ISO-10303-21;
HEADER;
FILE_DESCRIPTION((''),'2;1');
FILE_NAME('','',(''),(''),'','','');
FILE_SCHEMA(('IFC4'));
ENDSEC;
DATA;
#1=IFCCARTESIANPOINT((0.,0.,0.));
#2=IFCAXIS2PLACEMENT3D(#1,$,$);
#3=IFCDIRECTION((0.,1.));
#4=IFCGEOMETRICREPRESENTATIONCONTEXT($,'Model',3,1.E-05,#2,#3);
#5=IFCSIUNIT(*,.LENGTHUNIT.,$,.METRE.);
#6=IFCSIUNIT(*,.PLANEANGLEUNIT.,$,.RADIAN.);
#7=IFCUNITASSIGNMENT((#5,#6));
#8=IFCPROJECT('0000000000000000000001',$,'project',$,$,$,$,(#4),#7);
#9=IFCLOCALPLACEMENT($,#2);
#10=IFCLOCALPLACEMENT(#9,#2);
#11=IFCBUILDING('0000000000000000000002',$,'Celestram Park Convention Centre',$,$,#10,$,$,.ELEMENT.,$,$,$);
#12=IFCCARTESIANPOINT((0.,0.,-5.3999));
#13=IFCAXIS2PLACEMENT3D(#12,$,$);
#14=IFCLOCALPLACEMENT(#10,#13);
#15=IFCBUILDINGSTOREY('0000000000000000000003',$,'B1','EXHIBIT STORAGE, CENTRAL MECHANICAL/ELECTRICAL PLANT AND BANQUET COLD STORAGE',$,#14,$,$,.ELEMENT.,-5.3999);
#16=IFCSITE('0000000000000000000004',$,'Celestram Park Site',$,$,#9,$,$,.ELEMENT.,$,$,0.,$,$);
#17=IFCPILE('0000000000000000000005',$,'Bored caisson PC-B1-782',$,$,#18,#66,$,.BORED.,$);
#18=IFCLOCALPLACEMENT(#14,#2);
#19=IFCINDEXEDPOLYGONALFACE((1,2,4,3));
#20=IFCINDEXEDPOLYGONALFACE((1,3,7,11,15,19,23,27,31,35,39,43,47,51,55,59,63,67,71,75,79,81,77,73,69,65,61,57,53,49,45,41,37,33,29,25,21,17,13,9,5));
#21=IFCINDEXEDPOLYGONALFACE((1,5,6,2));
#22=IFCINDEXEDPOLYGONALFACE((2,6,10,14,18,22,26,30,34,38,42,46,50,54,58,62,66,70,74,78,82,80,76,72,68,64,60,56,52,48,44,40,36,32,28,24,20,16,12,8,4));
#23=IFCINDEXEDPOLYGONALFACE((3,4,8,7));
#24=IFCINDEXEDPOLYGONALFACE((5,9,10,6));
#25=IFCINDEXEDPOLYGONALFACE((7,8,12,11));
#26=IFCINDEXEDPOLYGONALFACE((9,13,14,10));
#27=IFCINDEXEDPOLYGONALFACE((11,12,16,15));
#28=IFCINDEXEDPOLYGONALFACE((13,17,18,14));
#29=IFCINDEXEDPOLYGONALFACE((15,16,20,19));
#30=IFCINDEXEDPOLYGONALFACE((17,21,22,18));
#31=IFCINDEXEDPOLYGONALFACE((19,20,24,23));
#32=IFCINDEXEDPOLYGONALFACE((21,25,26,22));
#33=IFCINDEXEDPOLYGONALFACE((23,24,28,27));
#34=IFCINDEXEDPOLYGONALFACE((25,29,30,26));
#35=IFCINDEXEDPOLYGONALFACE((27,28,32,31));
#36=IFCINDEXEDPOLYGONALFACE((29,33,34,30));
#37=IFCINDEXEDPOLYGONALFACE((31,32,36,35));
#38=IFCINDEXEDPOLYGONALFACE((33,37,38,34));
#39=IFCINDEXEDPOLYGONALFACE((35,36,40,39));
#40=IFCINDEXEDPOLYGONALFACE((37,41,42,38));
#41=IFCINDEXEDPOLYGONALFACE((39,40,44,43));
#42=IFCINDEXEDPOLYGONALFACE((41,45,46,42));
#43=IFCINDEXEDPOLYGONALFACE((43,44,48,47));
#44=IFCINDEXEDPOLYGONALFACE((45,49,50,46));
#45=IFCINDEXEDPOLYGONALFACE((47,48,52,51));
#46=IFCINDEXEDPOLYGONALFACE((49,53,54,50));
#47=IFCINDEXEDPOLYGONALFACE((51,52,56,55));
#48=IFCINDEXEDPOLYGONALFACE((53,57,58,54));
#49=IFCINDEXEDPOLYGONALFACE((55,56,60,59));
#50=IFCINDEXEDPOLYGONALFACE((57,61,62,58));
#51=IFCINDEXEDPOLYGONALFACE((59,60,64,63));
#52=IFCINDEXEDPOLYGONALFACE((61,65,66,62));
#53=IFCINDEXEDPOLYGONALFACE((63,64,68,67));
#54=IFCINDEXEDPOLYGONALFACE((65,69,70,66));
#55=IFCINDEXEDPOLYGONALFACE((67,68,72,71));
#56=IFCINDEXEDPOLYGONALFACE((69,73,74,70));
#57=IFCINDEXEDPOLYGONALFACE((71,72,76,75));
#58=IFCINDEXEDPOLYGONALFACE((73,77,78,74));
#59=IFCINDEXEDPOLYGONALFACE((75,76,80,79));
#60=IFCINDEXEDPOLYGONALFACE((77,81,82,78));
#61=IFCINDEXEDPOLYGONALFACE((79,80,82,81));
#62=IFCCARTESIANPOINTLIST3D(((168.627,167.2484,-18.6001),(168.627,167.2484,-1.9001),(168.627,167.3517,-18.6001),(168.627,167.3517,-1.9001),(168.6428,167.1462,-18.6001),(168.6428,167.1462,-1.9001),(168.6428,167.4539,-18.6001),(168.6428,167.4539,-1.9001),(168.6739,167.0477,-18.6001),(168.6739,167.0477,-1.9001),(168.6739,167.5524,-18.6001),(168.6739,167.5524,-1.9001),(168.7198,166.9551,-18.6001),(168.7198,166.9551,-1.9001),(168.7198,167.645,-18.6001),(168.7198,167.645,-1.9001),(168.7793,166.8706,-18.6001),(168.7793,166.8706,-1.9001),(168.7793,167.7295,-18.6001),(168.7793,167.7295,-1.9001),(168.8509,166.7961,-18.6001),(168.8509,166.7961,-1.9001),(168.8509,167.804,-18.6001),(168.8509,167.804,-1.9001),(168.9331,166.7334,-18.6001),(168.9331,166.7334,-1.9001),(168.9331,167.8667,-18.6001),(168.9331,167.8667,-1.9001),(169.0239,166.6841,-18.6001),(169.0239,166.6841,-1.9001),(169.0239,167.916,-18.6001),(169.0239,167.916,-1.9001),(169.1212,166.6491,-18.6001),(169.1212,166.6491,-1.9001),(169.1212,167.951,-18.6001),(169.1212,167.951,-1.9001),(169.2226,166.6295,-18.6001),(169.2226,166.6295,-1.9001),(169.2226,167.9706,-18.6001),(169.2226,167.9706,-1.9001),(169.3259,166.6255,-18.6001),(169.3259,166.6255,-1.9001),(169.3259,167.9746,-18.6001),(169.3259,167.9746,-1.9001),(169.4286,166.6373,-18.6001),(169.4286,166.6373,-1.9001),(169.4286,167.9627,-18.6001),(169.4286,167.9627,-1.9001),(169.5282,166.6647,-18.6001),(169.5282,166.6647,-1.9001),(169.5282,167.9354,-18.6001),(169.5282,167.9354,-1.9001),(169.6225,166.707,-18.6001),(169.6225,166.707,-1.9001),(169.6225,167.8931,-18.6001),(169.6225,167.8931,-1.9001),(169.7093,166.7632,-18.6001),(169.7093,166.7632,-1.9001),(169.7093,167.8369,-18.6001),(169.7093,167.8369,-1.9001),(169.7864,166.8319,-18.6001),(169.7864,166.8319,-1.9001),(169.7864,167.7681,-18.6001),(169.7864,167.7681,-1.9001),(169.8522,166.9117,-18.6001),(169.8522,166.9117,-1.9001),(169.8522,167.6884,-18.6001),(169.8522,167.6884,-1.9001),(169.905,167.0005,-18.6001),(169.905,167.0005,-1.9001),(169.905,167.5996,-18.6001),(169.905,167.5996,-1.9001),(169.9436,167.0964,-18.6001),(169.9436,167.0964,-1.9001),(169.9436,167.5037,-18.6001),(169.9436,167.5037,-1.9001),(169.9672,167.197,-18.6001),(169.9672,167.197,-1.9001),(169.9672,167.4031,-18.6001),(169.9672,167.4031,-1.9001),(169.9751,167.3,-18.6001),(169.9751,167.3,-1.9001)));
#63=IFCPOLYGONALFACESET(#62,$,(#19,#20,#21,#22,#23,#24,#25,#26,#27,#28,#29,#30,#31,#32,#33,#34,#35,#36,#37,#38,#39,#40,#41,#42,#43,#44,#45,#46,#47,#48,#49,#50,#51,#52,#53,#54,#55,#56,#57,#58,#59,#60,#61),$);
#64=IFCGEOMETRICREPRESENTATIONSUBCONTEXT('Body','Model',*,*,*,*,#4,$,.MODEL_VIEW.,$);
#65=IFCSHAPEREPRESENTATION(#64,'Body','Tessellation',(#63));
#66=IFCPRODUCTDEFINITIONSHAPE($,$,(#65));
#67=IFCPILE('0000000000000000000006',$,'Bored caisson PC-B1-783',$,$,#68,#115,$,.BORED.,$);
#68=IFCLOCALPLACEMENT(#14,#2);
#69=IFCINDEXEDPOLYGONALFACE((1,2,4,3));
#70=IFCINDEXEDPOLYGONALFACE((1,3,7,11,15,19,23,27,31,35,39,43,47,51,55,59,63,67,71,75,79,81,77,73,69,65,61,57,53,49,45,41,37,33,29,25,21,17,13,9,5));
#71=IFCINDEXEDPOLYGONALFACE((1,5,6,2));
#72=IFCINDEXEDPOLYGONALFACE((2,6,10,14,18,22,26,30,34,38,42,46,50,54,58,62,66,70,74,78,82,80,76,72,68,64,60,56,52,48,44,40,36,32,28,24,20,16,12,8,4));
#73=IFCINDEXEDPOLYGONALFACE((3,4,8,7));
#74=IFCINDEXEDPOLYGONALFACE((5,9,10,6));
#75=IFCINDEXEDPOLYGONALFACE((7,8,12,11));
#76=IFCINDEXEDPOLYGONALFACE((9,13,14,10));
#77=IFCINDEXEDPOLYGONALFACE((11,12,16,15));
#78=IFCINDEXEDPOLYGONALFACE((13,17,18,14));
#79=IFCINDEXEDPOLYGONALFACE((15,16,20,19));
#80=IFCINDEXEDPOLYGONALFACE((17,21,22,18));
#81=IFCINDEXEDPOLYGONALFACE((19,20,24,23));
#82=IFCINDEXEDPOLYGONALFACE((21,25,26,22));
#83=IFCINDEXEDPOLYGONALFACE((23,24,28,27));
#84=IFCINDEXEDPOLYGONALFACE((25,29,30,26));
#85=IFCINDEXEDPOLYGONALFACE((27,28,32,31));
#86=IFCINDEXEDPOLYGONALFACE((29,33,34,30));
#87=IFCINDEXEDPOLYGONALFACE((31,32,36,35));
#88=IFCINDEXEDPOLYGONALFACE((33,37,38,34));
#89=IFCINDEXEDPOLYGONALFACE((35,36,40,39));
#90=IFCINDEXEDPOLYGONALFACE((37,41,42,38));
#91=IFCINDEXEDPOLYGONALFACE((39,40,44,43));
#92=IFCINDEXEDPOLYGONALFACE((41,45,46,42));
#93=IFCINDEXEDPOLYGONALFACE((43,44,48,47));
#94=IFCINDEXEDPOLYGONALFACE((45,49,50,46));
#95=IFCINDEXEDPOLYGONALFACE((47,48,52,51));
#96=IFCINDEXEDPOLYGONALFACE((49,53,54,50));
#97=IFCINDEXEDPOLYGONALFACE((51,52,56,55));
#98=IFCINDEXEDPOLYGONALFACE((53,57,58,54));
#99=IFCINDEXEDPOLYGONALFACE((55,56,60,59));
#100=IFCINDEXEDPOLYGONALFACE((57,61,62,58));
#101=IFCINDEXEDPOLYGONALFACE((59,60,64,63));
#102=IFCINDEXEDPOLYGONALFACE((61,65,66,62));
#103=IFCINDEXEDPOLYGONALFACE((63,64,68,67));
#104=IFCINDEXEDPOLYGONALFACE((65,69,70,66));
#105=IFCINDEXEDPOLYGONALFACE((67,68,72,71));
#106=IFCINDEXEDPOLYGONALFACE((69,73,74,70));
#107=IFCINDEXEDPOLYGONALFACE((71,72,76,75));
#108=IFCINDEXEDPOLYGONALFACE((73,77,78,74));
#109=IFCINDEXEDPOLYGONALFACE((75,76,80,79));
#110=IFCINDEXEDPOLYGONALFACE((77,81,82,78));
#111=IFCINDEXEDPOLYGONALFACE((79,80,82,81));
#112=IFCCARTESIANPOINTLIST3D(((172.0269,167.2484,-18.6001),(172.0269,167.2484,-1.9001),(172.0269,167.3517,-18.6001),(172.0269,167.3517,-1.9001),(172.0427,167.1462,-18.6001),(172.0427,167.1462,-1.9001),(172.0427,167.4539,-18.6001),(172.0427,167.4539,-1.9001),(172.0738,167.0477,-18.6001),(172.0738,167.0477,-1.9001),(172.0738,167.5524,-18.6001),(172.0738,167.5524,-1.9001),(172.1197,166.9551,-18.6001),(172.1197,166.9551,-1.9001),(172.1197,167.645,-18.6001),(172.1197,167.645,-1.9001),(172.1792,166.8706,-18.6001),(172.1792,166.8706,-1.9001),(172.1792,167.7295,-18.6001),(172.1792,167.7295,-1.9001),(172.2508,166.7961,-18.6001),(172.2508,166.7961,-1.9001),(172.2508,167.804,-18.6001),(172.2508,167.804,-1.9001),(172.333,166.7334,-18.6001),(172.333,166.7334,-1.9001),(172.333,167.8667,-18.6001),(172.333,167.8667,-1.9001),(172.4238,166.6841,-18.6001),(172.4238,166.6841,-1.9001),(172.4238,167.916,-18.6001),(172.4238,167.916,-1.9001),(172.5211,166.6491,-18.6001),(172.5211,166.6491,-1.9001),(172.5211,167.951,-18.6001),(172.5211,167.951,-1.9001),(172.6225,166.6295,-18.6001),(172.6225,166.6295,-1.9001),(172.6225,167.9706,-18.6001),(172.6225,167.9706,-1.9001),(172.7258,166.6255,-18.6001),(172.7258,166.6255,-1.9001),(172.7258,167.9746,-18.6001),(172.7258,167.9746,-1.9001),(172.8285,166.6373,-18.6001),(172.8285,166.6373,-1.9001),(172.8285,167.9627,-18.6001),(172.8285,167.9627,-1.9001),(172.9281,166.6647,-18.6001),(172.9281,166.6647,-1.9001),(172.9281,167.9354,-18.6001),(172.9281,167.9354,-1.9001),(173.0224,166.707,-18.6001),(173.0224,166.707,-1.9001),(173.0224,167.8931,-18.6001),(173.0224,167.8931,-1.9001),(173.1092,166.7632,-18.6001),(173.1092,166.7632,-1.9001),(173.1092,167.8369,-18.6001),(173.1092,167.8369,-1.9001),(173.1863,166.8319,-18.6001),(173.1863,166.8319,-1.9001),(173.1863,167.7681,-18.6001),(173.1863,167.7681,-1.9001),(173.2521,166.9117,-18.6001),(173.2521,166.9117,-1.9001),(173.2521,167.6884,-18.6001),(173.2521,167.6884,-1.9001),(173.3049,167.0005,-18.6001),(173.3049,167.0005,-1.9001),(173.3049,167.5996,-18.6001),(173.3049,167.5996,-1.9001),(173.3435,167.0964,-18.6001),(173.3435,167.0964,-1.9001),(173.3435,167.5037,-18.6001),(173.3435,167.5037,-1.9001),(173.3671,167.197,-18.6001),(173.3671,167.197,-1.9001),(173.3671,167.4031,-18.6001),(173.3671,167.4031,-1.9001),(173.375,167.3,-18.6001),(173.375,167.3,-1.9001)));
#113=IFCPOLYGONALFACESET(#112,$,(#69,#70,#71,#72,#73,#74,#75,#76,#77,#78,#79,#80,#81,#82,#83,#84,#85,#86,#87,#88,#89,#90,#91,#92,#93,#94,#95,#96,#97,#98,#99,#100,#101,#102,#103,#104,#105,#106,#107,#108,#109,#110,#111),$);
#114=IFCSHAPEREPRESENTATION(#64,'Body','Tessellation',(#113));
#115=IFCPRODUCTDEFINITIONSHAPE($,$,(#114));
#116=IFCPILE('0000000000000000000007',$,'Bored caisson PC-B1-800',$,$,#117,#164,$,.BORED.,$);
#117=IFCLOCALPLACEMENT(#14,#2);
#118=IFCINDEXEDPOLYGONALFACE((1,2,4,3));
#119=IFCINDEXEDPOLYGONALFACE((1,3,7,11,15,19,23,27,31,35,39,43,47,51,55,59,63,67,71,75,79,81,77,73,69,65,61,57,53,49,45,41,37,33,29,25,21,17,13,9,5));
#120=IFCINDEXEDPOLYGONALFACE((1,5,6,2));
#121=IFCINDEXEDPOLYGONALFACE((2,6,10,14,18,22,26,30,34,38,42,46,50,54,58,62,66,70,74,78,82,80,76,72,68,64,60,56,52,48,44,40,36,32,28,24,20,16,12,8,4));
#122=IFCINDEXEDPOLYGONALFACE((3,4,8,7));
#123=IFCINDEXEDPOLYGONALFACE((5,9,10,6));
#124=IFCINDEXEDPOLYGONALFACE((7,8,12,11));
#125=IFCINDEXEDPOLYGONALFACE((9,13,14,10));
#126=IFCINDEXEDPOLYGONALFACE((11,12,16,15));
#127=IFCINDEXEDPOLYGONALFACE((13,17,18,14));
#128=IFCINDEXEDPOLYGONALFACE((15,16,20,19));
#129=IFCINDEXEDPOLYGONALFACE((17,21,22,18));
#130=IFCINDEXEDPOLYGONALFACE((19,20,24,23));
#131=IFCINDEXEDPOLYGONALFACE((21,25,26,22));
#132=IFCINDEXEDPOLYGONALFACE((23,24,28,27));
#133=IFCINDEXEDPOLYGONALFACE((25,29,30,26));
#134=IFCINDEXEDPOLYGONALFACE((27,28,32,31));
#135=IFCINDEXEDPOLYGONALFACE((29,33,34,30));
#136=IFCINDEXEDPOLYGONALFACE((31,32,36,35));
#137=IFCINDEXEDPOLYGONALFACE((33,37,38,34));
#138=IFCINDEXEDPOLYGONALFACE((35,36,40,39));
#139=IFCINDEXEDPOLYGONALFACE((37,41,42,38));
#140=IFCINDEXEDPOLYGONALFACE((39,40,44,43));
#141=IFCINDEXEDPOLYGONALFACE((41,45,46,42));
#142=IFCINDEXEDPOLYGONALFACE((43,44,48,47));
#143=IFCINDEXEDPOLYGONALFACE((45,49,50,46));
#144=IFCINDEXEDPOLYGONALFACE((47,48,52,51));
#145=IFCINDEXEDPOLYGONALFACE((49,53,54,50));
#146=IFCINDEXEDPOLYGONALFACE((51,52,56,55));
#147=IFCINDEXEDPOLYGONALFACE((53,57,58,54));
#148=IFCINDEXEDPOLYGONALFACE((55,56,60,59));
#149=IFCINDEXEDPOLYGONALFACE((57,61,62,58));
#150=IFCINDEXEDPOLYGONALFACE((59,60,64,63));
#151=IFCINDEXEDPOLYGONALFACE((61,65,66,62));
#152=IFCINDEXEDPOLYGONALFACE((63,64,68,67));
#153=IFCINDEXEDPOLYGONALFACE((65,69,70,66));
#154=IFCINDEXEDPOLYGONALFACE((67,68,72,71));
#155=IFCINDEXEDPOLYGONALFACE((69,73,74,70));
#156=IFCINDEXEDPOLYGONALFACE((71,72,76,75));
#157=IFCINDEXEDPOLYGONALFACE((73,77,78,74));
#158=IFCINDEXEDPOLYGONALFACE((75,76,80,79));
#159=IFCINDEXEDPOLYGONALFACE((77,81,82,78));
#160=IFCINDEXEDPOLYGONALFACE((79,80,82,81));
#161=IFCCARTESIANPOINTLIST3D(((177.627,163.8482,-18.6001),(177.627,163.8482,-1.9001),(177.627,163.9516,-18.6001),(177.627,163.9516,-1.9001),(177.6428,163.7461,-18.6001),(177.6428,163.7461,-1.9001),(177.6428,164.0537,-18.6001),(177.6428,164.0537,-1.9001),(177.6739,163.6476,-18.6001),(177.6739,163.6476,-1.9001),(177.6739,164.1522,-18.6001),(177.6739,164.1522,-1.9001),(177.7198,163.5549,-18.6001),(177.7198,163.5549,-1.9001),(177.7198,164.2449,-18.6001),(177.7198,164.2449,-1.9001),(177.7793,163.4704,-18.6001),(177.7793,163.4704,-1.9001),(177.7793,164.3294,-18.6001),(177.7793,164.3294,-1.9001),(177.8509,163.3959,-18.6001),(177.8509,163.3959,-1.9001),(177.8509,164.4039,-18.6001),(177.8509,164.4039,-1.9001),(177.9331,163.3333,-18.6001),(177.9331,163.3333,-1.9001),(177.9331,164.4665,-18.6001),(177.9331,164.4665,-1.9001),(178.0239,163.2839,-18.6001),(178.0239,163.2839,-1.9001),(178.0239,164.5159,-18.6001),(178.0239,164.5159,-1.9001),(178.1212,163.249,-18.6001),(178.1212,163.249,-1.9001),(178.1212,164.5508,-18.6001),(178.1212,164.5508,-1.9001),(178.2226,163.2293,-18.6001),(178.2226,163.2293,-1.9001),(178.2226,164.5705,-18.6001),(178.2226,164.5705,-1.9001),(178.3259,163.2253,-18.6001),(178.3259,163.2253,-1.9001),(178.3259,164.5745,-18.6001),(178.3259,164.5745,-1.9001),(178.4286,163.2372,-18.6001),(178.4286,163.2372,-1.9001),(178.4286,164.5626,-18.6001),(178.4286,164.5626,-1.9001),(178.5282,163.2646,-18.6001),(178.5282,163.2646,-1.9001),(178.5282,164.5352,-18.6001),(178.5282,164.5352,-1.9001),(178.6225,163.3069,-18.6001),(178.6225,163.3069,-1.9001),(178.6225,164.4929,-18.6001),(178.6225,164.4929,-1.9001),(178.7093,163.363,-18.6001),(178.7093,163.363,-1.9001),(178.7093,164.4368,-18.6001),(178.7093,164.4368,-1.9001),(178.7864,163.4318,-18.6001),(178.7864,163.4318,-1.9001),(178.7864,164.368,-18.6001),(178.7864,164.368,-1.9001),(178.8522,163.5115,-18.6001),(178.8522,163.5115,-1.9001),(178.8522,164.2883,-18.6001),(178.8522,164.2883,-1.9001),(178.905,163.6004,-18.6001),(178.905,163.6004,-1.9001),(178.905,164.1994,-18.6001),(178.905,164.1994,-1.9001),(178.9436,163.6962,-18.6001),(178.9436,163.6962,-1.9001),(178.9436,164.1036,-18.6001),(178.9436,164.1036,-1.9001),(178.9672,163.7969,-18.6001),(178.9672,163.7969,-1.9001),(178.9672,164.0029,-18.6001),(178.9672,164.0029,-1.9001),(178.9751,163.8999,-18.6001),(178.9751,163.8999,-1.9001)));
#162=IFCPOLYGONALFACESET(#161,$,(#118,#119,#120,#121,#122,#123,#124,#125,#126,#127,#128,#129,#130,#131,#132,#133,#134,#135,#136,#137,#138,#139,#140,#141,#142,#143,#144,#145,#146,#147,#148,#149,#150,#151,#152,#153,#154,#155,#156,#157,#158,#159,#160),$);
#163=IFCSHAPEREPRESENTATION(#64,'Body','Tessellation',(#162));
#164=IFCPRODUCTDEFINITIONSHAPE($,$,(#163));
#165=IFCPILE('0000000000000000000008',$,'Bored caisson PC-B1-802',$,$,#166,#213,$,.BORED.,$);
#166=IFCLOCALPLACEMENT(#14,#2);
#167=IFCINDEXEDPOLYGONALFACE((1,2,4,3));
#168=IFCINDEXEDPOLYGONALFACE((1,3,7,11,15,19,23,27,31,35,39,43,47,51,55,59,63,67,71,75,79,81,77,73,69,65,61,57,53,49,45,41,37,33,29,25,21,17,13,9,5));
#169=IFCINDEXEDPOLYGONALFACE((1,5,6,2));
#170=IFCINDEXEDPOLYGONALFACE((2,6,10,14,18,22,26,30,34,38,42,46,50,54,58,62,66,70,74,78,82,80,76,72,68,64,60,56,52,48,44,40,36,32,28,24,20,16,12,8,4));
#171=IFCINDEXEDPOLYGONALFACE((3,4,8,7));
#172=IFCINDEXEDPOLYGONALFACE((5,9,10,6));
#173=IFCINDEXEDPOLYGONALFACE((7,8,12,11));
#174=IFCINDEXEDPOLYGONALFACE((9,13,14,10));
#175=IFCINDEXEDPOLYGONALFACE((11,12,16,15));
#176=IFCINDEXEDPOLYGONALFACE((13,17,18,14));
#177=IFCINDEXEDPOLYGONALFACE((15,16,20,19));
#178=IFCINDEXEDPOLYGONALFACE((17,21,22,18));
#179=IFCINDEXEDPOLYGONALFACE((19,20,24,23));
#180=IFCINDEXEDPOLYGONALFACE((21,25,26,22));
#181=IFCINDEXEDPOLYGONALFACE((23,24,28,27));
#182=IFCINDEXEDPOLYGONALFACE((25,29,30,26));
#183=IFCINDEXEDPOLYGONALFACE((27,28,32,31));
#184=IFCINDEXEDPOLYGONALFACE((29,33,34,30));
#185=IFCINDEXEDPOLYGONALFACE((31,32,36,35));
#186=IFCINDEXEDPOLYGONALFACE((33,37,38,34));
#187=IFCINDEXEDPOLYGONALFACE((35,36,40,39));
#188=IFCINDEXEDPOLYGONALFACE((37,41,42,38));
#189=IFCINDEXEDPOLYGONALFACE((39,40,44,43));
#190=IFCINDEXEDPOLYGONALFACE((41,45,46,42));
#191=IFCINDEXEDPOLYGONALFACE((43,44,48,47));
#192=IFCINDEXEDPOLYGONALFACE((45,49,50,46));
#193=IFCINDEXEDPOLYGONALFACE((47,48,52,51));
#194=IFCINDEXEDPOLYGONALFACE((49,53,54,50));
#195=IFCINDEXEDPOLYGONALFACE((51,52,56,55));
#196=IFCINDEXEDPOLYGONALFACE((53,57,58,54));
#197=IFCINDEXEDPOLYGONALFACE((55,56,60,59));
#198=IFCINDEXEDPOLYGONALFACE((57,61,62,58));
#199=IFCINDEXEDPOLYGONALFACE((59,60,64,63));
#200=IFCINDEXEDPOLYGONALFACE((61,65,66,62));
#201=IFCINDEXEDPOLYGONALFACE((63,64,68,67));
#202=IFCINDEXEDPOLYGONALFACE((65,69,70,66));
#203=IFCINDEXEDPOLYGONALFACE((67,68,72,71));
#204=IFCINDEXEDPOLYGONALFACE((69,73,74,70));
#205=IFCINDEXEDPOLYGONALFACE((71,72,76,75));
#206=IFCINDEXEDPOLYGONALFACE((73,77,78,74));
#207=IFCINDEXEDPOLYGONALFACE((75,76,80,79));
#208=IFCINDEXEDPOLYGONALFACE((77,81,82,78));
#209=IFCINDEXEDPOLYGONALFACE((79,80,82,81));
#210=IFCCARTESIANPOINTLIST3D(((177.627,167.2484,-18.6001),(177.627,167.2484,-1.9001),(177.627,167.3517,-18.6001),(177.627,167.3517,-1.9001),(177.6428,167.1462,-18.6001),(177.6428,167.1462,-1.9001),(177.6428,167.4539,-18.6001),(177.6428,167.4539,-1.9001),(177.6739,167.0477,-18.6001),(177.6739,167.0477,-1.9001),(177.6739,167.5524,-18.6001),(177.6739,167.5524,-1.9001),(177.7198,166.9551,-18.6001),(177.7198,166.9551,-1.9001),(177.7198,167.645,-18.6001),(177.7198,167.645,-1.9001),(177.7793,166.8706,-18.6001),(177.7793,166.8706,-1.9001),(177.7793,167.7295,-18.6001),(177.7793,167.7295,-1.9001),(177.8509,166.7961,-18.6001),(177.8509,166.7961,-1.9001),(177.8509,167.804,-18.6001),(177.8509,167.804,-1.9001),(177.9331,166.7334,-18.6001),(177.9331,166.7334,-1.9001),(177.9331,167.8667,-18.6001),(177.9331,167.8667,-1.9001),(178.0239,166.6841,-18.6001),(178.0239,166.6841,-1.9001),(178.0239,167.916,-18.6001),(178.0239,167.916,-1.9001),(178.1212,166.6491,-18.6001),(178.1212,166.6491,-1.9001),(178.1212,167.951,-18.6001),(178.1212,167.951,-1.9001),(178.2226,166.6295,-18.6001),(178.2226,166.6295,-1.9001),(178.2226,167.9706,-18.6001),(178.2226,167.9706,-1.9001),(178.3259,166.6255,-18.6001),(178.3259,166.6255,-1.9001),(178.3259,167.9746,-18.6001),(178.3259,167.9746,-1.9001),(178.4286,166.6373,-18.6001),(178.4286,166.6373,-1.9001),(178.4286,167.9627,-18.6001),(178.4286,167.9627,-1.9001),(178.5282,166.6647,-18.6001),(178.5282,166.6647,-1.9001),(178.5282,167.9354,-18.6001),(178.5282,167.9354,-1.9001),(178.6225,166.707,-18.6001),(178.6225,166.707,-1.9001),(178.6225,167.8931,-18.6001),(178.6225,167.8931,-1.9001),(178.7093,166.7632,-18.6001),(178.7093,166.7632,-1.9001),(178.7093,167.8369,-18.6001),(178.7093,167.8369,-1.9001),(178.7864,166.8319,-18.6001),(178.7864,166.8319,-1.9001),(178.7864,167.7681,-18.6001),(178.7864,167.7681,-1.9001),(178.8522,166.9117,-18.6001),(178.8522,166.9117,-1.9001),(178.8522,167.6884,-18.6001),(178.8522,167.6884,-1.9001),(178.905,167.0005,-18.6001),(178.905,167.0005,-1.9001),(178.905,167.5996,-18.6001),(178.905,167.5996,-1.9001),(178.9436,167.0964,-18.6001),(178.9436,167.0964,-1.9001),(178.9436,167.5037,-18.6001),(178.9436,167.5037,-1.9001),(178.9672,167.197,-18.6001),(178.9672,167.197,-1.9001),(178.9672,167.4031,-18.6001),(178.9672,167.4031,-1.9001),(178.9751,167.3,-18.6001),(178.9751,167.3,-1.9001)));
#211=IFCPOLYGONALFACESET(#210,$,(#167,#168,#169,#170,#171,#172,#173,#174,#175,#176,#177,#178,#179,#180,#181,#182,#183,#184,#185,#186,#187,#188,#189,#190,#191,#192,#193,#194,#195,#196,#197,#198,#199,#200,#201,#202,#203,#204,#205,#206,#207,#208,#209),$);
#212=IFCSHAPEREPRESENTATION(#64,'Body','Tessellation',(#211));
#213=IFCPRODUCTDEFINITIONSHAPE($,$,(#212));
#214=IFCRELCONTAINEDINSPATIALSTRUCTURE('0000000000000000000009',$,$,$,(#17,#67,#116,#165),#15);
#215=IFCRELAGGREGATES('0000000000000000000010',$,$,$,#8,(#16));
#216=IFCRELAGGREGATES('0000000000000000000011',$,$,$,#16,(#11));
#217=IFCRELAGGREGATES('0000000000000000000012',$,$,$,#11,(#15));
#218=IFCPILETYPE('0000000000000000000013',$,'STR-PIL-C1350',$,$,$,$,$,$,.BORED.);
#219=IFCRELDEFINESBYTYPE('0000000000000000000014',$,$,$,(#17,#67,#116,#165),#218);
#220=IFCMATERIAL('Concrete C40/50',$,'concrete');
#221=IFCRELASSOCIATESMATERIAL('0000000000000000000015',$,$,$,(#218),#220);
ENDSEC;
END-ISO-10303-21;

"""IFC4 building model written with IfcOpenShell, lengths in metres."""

from ifc_helpers import new_model, si_unit, direction, frame, origin, origin_2d, place, context, subcontext, project, spatial, circle, extrude, material, material_profile, profile_set, type_object, element, save


model = new_model("IFC4")

# Units and contexts
model_context = context("Model", 3, precision=1e-05, world=origin(), true_north=direction((0.0, 1.0)))
body_context = subcontext(model_context, "Body", "Model", "MODEL_VIEW")
ifc_project = project(units=[si_unit("LENGTHUNIT", "METRE"), si_unit("PLANEANGLEUNIT", "RADIAN")], contexts=[model_context])

# Site, building, storey
site_placement = place(None, origin())
site = spatial("IfcSite", under=ifc_project, at=site_placement, Name="Celestram Park Site", CompositionType="ELEMENT", RefElevation=0.0)
building_placement = place(site_placement, origin())
building = spatial("IfcBuilding", under=site, at=building_placement, Name="Celestram Park Convention Centre", CompositionType="ELEMENT")
storey_placement = place(building_placement, frame((0.0, 0.0, -5.3999)))
storey = spatial("IfcBuildingStorey", under=building, at=storey_placement, Name="B1", Description="EXHIBIT STORAGE, CENTRAL MECHANICAL/ELECTRICAL PLANT AND BANQUET COLD STORAGE", CompositionType="ELEMENT", Elevation=-5.3999)

# Shared definitions
ifc_material_1 = material(Name="Concrete C40/50", Category="concrete")

# Piles
ifc_material_profile_1 = material_profile(ifc_material_1, circle(Radius=0.675, at=origin_2d()), Name="CAISSON1350")
ifc_profile_set_1 = profile_set([ifc_material_profile_1], Name="Concrete C40/50")
pile_type_1 = type_object("IfcPileType", Name="STR-PIL-C1350", PredefinedType="BORED", material=ifc_profile_set_1)
for number, where, z_axis, x_axis, name in (
    (1, (169.3, 167.3, -1.9001), (0.0, 0.0, -1.0), (1.0, 0.0, 0.0), "Bored caisson PC-B1-782"),
    (2, (172.7, 167.3, -1.9001), (0.0, 0.0, -1.0), (1.0, 0.0, 0.0), "Bored caisson PC-B1-783"),
    (3, (178.3, 163.8999, -1.9001), (0.0, 0.0, -1.0), (1.0, 0.0, 0.0), "Bored caisson PC-B1-800"),
    (4, (178.3, 167.3, -1.9001), (0.0, 0.0, -1.0), (1.0, 0.0, 0.0), "Bored caisson PC-B1-802"),
):
    element("IfcPile", number, at=place(storey_placement, frame(where, z_axis=z_axis, x_axis=x_axis)), inside=storey, type_object=pile_type_1, Name=name, PredefinedType="BORED", context=body_context, shape_type="SweptSolid", body=[
        extrude(circle(Radius=0.675, at=origin_2d()), origin(), (0.0, 0.0, 1.0), 16.7),
    ])

save(model, "model.ifc")
